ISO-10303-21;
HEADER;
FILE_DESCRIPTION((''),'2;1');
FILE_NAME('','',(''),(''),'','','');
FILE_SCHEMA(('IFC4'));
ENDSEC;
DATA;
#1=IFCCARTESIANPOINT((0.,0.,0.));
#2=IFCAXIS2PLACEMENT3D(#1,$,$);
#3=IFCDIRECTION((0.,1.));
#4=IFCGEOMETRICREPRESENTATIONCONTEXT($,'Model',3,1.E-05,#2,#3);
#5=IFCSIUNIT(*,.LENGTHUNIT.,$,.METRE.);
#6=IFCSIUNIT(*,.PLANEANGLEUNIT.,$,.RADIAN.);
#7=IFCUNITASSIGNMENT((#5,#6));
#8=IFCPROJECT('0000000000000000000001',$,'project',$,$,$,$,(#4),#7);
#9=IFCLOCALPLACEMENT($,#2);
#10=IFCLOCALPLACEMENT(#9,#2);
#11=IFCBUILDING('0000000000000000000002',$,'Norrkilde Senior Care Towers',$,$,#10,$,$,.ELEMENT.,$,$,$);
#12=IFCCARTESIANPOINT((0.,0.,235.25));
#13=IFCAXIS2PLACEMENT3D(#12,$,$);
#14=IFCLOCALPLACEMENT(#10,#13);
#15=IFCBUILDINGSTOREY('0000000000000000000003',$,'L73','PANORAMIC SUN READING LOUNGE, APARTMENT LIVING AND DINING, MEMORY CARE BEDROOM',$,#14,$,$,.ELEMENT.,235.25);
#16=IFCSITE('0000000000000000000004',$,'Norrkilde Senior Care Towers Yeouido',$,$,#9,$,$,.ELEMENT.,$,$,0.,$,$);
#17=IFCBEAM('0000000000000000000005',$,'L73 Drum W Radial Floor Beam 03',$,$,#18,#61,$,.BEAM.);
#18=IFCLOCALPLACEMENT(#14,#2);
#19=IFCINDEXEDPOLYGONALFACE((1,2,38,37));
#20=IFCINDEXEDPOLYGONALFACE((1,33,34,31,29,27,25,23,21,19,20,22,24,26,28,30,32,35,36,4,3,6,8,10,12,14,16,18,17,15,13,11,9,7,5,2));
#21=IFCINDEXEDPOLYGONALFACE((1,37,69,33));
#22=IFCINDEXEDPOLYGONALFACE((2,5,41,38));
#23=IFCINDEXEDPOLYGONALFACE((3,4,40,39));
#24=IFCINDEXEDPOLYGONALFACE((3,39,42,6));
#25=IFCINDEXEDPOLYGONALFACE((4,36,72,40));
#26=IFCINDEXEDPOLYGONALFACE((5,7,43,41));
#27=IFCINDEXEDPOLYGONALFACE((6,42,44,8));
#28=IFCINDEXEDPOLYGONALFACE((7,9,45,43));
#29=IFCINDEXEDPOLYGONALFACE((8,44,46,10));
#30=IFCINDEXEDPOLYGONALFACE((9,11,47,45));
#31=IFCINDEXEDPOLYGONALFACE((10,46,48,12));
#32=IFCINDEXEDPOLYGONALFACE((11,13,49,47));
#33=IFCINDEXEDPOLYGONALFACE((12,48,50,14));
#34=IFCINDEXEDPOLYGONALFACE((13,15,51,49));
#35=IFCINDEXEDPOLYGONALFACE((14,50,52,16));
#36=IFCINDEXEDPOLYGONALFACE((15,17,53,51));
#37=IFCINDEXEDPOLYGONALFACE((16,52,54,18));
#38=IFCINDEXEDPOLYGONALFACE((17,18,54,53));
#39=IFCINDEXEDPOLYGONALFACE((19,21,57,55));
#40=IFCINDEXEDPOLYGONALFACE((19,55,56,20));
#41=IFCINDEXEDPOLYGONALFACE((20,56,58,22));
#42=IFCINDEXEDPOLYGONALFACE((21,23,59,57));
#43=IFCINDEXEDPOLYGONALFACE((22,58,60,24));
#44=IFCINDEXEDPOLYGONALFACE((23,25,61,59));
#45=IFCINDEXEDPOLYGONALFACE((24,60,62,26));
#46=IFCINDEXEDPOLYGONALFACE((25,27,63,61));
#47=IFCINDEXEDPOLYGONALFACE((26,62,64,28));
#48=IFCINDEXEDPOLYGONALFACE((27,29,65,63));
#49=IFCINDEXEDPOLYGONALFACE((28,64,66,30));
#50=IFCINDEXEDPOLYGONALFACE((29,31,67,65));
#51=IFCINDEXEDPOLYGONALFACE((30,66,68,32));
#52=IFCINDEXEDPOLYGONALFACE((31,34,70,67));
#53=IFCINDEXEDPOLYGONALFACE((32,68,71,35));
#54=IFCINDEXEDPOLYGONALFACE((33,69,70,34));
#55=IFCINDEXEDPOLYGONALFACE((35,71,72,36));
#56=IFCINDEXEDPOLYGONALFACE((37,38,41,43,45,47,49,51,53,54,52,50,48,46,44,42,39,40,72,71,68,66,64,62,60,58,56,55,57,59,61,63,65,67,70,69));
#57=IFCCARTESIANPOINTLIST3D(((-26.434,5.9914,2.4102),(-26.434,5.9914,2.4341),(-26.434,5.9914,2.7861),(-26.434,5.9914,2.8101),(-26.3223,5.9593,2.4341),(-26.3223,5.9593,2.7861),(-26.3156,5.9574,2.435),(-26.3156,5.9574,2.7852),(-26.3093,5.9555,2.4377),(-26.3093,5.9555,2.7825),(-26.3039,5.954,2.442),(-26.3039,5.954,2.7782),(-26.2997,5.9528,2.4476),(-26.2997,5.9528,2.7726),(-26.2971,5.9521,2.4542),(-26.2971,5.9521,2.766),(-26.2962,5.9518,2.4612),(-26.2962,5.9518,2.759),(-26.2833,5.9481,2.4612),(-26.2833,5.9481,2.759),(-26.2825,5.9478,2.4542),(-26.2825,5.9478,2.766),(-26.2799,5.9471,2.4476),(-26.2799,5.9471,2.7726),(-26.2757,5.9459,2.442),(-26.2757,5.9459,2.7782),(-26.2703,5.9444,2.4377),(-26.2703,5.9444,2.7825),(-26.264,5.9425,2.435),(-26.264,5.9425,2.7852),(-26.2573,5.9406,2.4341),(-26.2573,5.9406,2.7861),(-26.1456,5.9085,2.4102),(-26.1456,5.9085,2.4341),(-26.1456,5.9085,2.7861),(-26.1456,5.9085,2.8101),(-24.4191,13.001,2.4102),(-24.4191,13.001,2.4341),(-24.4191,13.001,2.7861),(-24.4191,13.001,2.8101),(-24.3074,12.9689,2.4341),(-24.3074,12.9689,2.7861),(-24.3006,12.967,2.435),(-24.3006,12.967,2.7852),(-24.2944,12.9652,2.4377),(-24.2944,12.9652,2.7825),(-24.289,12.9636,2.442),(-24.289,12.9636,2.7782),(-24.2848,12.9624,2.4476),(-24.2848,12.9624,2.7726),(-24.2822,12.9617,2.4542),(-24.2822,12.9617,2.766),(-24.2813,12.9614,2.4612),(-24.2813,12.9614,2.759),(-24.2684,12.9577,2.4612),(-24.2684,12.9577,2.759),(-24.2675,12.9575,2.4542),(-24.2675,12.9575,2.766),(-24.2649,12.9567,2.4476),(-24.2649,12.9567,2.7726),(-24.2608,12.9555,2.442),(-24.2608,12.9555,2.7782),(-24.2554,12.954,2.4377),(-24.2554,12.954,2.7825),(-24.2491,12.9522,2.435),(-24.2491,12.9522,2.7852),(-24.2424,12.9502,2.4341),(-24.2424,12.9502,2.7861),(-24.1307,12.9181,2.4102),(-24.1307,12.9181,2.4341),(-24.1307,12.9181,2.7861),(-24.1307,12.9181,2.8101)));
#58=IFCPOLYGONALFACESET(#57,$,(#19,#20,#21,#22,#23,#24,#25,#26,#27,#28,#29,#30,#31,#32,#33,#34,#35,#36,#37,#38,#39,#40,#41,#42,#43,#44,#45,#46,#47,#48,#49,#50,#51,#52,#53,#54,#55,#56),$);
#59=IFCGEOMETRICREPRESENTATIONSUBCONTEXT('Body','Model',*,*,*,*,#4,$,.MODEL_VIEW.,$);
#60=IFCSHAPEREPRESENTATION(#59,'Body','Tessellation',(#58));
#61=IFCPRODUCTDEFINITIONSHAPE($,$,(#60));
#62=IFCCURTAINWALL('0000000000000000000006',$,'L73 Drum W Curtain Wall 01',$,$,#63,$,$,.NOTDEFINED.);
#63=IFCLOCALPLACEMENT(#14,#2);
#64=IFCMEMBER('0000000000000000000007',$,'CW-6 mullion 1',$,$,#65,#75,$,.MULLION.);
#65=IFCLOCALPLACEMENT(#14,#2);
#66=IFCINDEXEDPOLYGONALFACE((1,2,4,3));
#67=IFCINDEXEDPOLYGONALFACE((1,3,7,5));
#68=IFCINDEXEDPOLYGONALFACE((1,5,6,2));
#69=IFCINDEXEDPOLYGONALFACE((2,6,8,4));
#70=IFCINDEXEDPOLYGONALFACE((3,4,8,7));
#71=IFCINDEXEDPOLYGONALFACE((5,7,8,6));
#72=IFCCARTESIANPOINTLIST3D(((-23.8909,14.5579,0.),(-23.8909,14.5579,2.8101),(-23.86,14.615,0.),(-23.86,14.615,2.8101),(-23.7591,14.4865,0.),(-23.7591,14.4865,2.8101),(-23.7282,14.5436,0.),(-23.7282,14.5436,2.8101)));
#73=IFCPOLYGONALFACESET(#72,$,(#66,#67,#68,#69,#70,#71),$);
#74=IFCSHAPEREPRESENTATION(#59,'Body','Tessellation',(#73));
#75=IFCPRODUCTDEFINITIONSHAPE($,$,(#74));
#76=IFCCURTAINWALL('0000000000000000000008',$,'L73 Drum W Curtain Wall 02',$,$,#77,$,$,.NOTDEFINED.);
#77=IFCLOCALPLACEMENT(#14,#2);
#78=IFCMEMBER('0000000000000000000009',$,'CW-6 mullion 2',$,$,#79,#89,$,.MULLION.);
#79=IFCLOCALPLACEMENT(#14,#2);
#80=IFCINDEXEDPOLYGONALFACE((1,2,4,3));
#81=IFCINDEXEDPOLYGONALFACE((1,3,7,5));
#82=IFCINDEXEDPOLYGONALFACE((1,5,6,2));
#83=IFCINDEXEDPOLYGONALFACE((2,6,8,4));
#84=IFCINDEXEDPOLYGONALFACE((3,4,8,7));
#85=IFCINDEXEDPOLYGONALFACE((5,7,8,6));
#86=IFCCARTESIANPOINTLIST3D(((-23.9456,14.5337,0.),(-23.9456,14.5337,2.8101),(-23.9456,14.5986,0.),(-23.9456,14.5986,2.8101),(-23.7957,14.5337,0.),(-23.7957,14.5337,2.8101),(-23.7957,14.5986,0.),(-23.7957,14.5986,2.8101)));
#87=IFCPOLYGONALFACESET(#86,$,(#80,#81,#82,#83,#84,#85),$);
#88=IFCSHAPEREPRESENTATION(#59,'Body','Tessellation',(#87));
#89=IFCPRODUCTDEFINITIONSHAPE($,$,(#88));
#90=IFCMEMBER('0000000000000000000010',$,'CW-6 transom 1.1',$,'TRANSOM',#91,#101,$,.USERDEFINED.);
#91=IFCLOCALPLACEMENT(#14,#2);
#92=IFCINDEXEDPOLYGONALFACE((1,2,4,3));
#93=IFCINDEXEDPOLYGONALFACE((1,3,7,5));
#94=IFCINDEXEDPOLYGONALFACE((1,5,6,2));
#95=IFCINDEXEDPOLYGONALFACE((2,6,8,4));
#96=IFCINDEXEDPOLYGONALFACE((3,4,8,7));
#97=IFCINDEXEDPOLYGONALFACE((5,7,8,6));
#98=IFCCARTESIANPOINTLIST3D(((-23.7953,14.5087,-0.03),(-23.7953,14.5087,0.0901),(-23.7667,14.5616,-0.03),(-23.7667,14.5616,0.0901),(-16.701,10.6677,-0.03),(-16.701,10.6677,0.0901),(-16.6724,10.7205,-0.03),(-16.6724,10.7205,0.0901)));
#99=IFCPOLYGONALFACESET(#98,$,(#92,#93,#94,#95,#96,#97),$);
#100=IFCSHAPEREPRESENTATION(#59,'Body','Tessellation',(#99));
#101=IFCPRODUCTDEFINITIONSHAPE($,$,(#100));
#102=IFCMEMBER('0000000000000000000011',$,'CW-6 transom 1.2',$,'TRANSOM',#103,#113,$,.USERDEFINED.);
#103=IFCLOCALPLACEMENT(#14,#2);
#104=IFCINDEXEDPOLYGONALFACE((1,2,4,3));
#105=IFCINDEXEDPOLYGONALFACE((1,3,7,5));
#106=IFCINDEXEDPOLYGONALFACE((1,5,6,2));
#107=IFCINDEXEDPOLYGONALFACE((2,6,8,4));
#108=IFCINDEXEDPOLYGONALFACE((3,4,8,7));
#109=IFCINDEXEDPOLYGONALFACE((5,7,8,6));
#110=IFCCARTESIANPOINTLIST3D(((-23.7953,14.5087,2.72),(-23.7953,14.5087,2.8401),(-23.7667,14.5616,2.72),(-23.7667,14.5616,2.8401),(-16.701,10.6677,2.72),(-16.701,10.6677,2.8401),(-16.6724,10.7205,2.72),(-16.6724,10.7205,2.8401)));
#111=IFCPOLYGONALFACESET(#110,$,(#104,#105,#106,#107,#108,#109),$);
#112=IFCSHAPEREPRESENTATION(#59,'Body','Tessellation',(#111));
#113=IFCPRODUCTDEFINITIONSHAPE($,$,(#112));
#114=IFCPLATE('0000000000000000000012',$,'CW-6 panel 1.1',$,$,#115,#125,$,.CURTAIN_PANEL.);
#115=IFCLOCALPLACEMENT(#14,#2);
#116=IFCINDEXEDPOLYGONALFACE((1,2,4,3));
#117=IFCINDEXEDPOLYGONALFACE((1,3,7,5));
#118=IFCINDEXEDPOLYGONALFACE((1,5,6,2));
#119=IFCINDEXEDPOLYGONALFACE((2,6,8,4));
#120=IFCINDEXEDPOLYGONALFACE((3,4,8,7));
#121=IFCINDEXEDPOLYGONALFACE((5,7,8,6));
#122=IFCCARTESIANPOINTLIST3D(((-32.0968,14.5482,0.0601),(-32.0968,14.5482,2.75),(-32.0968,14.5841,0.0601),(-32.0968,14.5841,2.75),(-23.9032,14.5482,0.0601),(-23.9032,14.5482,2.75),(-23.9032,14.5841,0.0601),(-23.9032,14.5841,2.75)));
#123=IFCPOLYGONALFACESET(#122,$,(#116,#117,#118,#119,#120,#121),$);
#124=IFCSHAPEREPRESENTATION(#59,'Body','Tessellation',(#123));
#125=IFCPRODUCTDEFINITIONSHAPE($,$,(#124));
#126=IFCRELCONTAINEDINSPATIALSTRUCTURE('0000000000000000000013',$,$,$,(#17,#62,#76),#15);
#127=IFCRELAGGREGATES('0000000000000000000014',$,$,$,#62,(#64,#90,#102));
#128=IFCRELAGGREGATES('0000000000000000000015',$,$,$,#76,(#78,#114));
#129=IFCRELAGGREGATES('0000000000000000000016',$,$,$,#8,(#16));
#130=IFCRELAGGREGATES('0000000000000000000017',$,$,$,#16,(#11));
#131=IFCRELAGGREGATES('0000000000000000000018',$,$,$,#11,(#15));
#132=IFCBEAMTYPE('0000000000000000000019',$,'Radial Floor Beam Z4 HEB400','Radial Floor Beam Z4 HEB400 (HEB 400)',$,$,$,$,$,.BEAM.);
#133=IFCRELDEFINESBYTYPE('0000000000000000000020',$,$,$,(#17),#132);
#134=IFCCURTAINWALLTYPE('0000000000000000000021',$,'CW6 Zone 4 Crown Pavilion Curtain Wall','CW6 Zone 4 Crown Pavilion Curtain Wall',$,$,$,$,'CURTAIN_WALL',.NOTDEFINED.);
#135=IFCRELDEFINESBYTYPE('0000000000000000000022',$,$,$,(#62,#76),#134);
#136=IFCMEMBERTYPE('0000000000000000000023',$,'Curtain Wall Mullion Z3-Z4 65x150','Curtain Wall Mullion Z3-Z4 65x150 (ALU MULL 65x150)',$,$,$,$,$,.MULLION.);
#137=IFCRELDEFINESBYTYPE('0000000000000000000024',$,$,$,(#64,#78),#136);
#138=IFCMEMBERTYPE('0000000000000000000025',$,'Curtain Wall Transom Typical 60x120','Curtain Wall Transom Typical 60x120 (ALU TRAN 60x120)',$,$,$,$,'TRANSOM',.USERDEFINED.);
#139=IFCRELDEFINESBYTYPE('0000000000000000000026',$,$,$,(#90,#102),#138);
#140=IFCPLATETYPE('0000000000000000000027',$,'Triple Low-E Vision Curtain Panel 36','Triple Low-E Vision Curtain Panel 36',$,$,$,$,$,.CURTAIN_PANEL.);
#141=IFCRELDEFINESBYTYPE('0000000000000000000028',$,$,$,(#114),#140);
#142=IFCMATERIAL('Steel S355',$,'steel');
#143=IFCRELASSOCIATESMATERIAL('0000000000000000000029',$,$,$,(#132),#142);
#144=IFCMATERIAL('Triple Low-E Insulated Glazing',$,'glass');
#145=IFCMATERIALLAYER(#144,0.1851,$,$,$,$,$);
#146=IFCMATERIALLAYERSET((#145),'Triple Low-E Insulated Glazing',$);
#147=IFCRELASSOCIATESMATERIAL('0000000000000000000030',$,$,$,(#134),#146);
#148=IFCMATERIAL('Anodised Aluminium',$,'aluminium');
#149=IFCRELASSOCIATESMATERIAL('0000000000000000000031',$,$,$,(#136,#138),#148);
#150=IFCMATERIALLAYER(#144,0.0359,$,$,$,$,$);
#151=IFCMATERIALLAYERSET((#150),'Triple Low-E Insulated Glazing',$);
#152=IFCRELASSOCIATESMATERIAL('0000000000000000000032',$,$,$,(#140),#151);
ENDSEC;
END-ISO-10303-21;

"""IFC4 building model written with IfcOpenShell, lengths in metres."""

from ifc_helpers import new_model, si_unit, direction, frame, origin, origin_2d, place, context, subcontext, project, spatial, rectangle, i_section, extrude, source, transform, mapped, material, layer, layer_set, material_profile, profile_set, type_object, type_shapes, element, aggregate, save


model = new_model("IFC4")

# Units and contexts
model_context = context("Model", 3, precision=1e-05, world=origin(), true_north=direction((0.0, 1.0)))
body_context = subcontext(model_context, "Body", "Model", "MODEL_VIEW")
ifc_project = project(units=[si_unit("LENGTHUNIT", "METRE"), si_unit("PLANEANGLEUNIT", "RADIAN")], contexts=[model_context])

# Site, building, storey
site_placement = place(None, origin())
site = spatial("IfcSite", under=ifc_project, at=site_placement, Name="Norrkilde Senior Care Towers Yeouido", CompositionType="ELEMENT", RefElevation=0.0)
building_placement = place(site_placement, origin())
building = spatial("IfcBuilding", under=site, at=building_placement, Name="Norrkilde Senior Care Towers", CompositionType="ELEMENT")
storey_placement = place(building_placement, frame((0.0, 0.0, 235.25)))
storey = spatial("IfcBuildingStorey", under=building, at=storey_placement, Name="L73", Description="PANORAMIC SUN READING LOUNGE, APARTMENT LIVING AND DINING, MEMORY CARE BEDROOM", CompositionType="ELEMENT", Elevation=235.25)

# Beam
ifc_material_1 = material(Name="Steel S355", Category="steel")
ifc_material_profile_1 = material_profile(ifc_material_1, i_section(OverallWidth=0.3, OverallDepth=0.3999, WebThickness=0.0134, FlangeThickness=0.0239, FilletRadius=0.0271, at=origin_2d()), Name="HEB 400")
ifc_profile_set_1 = profile_set([ifc_material_profile_1], Name="Steel S355")
beam_type_1 = type_object("IfcBeamType", Name="Radial Floor Beam Z4 HEB400", Description="Radial Floor Beam Z4 HEB400 (HEB 400)", PredefinedType="BEAM", material=ifc_profile_set_1)
shared_shape_1 = source(origin(), body_context, "Body", "SweptSolid", [
    extrude(i_section(OverallWidth=0.3, OverallDepth=0.3999, WebThickness=0.0134, FlangeThickness=0.0239, FilletRadius=0.0271, at=origin_2d()), origin(), (0.0, 0.0, 1.0), 7.2935),
])
beam_1_placement = place(storey_placement, frame((-26.2898, 5.95, 2.6101), z_axis=(0.276264, 0.961082, 0.0), x_axis=(-0.961082, 0.276264, 0.0)))
element("IfcBeam", 1, at=beam_1_placement, inside=storey, type_object=beam_type_1, Name="L73 Drum W Radial Floor Beam 03", PredefinedType="BEAM", context=body_context, shape_type="MappedRepresentation", body=[
    mapped(shared_shape_1, transform((0.0, 0.0, 0.0), x_axis=(1.0, 0.0, 0.0), y_axis=(0.0, 1.0, 0.0), z_axis=(0.0, 0.0, 1.0), scale=1.0)),
])

# Curtain walls, members
ifc_material_2 = material(Name="Triple Low-E Insulated Glazing", Category="glass")
ifc_layer_1 = layer(ifc_material_2, 0.1851)
ifc_layer_set_1 = layer_set([ifc_layer_1], Name="Triple Low-E Insulated Glazing")
curtain_wall_type = type_object("IfcCurtainWallType", Name="CW6 Zone 4 Crown Pavilion Curtain Wall", Description="CW6 Zone 4 Crown Pavilion Curtain Wall", ElementType="CURTAIN_WALL", PredefinedType="NOTDEFINED", material=ifc_layer_set_1)
curtain_wall_1_placement = place(storey_placement, origin())
curtain_wall_1 = element("IfcCurtainWall", 2, at=curtain_wall_1_placement, inside=storey, type_object=curtain_wall_type, Name="L73 Drum W Curtain Wall 01", PredefinedType="NOTDEFINED")
ifc_material_3 = material(Name="Anodised Aluminium", Category="aluminium")
ifc_material_profile_2 = material_profile(ifc_material_3, rectangle(XDim=0.0649, YDim=0.1499, at=origin_2d()), Name="ALU MULL 65x150")
ifc_profile_set_2 = profile_set([ifc_material_profile_2], Name="Anodised Aluminium")
member_type_1 = type_object("IfcMemberType", Name="Curtain Wall Mullion Z3-Z4 65x150", Description="Curtain Wall Mullion Z3-Z4 65x150 (ALU MULL 65x150)", PredefinedType="MULLION", material=ifc_profile_set_2)
shared_shape_2 = source(origin(), body_context, "Body", "SweptSolid", [
    extrude(rectangle(XDim=0.0649, YDim=0.1499, at=origin_2d()), origin(), (0.0, 0.0, 1.0), 2.8101),
])
type_shapes(member_type_1, [shared_shape_2])
member_1_placement = place(storey_placement, frame((-23.8096, 14.5508, 0.0), z_axis=(0.0, 0.0, 1.0), x_axis=(0.476133, 0.879373, 0.0)))
member_1 = element("IfcMember", 3, at=member_1_placement, type_object=member_type_1, Name="CW-6 mullion 1", PredefinedType="MULLION", context=body_context, shape_type="MappedRepresentation", body=[
    mapped(shared_shape_2, transform((0.0, 0.0, 0.0), x_axis=(1.0, 0.0, 0.0), y_axis=(0.0, 1.0, 0.0), z_axis=(0.0, 0.0, 1.0), scale=1.0)),
])
curtain_wall_2_placement = place(storey_placement, origin())
curtain_wall_2 = element("IfcCurtainWall", 4, at=curtain_wall_2_placement, inside=storey, type_object=curtain_wall_type, Name="L73 Drum W Curtain Wall 02", PredefinedType="NOTDEFINED")
member_2_placement = place(storey_placement, frame((-23.8706, 14.5662, 0.0), z_axis=(0.0, 0.0, 1.0), x_axis=(0.0, 1.0, 0.0)))
member_2 = element("IfcMember", 5, at=member_2_placement, type_object=member_type_1, Name="CW-6 mullion 2", PredefinedType="MULLION", context=body_context, shape_type="MappedRepresentation", body=[
    mapped(shared_shape_2, transform((0.0, 0.0, 0.0), x_axis=(1.0, 0.0, 0.0), y_axis=(0.0, 1.0, 0.0), z_axis=(0.0, 0.0, 1.0), scale=1.0)),
])

# Members
ifc_material_profile_3 = material_profile(ifc_material_3, rectangle(XDim=0.0601, YDim=0.1201, at=origin_2d()), Name="ALU TRAN 60x120")
ifc_profile_set_3 = profile_set([ifc_material_profile_3], Name="Anodised Aluminium")
member_type_2 = type_object("IfcMemberType", Name="Curtain Wall Transom Typical 60x120", Description="Curtain Wall Transom Typical 60x120 (ALU TRAN 60x120)", ElementType="TRANSOM", PredefinedType="USERDEFINED", material=ifc_profile_set_3)
shared_shape_3 = source(origin(), body_context, "Body", "SweptSolid", [
    extrude(rectangle(XDim=0.0601, YDim=0.1201, at=origin_2d()), origin(), (0.0, 0.0, 1.0), 8.0674),
])
type_shapes(member_type_2, [shared_shape_3])
member_3_placement = place(storey_placement, frame((-23.781, 14.5352, 0.03), z_axis=(0.879378, -0.476125, 0.0), x_axis=(0.476125, 0.879378, 0.0)))
member_3 = element("IfcMember", 6, at=member_3_placement, type_object=member_type_2, Name="CW-6 transom 1.1", ObjectType="TRANSOM", PredefinedType="USERDEFINED", context=body_context, shape_type="MappedRepresentation", body=[
    mapped(shared_shape_3, transform((0.0, 0.0, 0.0), x_axis=(1.0, 0.0, 0.0), y_axis=(0.0, 1.0, 0.0), z_axis=(0.0, 0.0, 1.0), scale=1.0)),
])
member_4_placement = place(storey_placement, frame((-23.781, 14.5352, 2.78), z_axis=(0.879378, -0.476125, 0.0), x_axis=(0.476125, 0.879378, 0.0)))
member_4 = element("IfcMember", 7, at=member_4_placement, type_object=member_type_2, Name="CW-6 transom 1.2", ObjectType="TRANSOM", PredefinedType="USERDEFINED", context=body_context, shape_type="MappedRepresentation", body=[
    mapped(shared_shape_3, transform((0.0, 0.0, 0.0), x_axis=(1.0, 0.0, 0.0), y_axis=(0.0, 1.0, 0.0), z_axis=(0.0, 0.0, 1.0), scale=1.0)),
])
aggregate(curtain_wall_1, [member_1, member_3, member_4])

# Plate
ifc_layer_2 = layer(ifc_material_2, 0.0359)
ifc_layer_set_2 = layer_set([ifc_layer_2], Name="Triple Low-E Insulated Glazing")
plate_type = type_object("IfcPlateType", Name="Triple Low-E Vision Curtain Panel 36", Description="Triple Low-E Vision Curtain Panel 36", PredefinedType="CURTAIN_PANEL", material=ifc_layer_set_2)
shared_shape_4 = source(origin(), body_context, "Body", "SweptSolid", [
    extrude(rectangle(XDim=8.1936, YDim=0.0359, at=origin_2d()), origin(), (0.0, 0.0, 1.0), 2.6899),
])
type_shapes(plate_type, [shared_shape_4])
plate_placement = place(storey_placement, frame((-28.0, 14.5662, 0.0601), z_axis=(0.0, 0.0, 1.0), x_axis=(1.0, 0.0, 0.0)))
plate = element("IfcPlate", 8, at=plate_placement, type_object=plate_type, Name="CW-6 panel 1.1", PredefinedType="CURTAIN_PANEL", context=body_context, shape_type="MappedRepresentation", body=[
    mapped(shared_shape_4, transform((0.0, 0.0, 0.0), x_axis=(1.0, 0.0, 0.0), y_axis=(0.0, 1.0, 0.0), z_axis=(0.0, 0.0, 1.0), scale=1.0)),
])
aggregate(curtain_wall_2, [member_2, plate])

save(model, "model.ifc")
